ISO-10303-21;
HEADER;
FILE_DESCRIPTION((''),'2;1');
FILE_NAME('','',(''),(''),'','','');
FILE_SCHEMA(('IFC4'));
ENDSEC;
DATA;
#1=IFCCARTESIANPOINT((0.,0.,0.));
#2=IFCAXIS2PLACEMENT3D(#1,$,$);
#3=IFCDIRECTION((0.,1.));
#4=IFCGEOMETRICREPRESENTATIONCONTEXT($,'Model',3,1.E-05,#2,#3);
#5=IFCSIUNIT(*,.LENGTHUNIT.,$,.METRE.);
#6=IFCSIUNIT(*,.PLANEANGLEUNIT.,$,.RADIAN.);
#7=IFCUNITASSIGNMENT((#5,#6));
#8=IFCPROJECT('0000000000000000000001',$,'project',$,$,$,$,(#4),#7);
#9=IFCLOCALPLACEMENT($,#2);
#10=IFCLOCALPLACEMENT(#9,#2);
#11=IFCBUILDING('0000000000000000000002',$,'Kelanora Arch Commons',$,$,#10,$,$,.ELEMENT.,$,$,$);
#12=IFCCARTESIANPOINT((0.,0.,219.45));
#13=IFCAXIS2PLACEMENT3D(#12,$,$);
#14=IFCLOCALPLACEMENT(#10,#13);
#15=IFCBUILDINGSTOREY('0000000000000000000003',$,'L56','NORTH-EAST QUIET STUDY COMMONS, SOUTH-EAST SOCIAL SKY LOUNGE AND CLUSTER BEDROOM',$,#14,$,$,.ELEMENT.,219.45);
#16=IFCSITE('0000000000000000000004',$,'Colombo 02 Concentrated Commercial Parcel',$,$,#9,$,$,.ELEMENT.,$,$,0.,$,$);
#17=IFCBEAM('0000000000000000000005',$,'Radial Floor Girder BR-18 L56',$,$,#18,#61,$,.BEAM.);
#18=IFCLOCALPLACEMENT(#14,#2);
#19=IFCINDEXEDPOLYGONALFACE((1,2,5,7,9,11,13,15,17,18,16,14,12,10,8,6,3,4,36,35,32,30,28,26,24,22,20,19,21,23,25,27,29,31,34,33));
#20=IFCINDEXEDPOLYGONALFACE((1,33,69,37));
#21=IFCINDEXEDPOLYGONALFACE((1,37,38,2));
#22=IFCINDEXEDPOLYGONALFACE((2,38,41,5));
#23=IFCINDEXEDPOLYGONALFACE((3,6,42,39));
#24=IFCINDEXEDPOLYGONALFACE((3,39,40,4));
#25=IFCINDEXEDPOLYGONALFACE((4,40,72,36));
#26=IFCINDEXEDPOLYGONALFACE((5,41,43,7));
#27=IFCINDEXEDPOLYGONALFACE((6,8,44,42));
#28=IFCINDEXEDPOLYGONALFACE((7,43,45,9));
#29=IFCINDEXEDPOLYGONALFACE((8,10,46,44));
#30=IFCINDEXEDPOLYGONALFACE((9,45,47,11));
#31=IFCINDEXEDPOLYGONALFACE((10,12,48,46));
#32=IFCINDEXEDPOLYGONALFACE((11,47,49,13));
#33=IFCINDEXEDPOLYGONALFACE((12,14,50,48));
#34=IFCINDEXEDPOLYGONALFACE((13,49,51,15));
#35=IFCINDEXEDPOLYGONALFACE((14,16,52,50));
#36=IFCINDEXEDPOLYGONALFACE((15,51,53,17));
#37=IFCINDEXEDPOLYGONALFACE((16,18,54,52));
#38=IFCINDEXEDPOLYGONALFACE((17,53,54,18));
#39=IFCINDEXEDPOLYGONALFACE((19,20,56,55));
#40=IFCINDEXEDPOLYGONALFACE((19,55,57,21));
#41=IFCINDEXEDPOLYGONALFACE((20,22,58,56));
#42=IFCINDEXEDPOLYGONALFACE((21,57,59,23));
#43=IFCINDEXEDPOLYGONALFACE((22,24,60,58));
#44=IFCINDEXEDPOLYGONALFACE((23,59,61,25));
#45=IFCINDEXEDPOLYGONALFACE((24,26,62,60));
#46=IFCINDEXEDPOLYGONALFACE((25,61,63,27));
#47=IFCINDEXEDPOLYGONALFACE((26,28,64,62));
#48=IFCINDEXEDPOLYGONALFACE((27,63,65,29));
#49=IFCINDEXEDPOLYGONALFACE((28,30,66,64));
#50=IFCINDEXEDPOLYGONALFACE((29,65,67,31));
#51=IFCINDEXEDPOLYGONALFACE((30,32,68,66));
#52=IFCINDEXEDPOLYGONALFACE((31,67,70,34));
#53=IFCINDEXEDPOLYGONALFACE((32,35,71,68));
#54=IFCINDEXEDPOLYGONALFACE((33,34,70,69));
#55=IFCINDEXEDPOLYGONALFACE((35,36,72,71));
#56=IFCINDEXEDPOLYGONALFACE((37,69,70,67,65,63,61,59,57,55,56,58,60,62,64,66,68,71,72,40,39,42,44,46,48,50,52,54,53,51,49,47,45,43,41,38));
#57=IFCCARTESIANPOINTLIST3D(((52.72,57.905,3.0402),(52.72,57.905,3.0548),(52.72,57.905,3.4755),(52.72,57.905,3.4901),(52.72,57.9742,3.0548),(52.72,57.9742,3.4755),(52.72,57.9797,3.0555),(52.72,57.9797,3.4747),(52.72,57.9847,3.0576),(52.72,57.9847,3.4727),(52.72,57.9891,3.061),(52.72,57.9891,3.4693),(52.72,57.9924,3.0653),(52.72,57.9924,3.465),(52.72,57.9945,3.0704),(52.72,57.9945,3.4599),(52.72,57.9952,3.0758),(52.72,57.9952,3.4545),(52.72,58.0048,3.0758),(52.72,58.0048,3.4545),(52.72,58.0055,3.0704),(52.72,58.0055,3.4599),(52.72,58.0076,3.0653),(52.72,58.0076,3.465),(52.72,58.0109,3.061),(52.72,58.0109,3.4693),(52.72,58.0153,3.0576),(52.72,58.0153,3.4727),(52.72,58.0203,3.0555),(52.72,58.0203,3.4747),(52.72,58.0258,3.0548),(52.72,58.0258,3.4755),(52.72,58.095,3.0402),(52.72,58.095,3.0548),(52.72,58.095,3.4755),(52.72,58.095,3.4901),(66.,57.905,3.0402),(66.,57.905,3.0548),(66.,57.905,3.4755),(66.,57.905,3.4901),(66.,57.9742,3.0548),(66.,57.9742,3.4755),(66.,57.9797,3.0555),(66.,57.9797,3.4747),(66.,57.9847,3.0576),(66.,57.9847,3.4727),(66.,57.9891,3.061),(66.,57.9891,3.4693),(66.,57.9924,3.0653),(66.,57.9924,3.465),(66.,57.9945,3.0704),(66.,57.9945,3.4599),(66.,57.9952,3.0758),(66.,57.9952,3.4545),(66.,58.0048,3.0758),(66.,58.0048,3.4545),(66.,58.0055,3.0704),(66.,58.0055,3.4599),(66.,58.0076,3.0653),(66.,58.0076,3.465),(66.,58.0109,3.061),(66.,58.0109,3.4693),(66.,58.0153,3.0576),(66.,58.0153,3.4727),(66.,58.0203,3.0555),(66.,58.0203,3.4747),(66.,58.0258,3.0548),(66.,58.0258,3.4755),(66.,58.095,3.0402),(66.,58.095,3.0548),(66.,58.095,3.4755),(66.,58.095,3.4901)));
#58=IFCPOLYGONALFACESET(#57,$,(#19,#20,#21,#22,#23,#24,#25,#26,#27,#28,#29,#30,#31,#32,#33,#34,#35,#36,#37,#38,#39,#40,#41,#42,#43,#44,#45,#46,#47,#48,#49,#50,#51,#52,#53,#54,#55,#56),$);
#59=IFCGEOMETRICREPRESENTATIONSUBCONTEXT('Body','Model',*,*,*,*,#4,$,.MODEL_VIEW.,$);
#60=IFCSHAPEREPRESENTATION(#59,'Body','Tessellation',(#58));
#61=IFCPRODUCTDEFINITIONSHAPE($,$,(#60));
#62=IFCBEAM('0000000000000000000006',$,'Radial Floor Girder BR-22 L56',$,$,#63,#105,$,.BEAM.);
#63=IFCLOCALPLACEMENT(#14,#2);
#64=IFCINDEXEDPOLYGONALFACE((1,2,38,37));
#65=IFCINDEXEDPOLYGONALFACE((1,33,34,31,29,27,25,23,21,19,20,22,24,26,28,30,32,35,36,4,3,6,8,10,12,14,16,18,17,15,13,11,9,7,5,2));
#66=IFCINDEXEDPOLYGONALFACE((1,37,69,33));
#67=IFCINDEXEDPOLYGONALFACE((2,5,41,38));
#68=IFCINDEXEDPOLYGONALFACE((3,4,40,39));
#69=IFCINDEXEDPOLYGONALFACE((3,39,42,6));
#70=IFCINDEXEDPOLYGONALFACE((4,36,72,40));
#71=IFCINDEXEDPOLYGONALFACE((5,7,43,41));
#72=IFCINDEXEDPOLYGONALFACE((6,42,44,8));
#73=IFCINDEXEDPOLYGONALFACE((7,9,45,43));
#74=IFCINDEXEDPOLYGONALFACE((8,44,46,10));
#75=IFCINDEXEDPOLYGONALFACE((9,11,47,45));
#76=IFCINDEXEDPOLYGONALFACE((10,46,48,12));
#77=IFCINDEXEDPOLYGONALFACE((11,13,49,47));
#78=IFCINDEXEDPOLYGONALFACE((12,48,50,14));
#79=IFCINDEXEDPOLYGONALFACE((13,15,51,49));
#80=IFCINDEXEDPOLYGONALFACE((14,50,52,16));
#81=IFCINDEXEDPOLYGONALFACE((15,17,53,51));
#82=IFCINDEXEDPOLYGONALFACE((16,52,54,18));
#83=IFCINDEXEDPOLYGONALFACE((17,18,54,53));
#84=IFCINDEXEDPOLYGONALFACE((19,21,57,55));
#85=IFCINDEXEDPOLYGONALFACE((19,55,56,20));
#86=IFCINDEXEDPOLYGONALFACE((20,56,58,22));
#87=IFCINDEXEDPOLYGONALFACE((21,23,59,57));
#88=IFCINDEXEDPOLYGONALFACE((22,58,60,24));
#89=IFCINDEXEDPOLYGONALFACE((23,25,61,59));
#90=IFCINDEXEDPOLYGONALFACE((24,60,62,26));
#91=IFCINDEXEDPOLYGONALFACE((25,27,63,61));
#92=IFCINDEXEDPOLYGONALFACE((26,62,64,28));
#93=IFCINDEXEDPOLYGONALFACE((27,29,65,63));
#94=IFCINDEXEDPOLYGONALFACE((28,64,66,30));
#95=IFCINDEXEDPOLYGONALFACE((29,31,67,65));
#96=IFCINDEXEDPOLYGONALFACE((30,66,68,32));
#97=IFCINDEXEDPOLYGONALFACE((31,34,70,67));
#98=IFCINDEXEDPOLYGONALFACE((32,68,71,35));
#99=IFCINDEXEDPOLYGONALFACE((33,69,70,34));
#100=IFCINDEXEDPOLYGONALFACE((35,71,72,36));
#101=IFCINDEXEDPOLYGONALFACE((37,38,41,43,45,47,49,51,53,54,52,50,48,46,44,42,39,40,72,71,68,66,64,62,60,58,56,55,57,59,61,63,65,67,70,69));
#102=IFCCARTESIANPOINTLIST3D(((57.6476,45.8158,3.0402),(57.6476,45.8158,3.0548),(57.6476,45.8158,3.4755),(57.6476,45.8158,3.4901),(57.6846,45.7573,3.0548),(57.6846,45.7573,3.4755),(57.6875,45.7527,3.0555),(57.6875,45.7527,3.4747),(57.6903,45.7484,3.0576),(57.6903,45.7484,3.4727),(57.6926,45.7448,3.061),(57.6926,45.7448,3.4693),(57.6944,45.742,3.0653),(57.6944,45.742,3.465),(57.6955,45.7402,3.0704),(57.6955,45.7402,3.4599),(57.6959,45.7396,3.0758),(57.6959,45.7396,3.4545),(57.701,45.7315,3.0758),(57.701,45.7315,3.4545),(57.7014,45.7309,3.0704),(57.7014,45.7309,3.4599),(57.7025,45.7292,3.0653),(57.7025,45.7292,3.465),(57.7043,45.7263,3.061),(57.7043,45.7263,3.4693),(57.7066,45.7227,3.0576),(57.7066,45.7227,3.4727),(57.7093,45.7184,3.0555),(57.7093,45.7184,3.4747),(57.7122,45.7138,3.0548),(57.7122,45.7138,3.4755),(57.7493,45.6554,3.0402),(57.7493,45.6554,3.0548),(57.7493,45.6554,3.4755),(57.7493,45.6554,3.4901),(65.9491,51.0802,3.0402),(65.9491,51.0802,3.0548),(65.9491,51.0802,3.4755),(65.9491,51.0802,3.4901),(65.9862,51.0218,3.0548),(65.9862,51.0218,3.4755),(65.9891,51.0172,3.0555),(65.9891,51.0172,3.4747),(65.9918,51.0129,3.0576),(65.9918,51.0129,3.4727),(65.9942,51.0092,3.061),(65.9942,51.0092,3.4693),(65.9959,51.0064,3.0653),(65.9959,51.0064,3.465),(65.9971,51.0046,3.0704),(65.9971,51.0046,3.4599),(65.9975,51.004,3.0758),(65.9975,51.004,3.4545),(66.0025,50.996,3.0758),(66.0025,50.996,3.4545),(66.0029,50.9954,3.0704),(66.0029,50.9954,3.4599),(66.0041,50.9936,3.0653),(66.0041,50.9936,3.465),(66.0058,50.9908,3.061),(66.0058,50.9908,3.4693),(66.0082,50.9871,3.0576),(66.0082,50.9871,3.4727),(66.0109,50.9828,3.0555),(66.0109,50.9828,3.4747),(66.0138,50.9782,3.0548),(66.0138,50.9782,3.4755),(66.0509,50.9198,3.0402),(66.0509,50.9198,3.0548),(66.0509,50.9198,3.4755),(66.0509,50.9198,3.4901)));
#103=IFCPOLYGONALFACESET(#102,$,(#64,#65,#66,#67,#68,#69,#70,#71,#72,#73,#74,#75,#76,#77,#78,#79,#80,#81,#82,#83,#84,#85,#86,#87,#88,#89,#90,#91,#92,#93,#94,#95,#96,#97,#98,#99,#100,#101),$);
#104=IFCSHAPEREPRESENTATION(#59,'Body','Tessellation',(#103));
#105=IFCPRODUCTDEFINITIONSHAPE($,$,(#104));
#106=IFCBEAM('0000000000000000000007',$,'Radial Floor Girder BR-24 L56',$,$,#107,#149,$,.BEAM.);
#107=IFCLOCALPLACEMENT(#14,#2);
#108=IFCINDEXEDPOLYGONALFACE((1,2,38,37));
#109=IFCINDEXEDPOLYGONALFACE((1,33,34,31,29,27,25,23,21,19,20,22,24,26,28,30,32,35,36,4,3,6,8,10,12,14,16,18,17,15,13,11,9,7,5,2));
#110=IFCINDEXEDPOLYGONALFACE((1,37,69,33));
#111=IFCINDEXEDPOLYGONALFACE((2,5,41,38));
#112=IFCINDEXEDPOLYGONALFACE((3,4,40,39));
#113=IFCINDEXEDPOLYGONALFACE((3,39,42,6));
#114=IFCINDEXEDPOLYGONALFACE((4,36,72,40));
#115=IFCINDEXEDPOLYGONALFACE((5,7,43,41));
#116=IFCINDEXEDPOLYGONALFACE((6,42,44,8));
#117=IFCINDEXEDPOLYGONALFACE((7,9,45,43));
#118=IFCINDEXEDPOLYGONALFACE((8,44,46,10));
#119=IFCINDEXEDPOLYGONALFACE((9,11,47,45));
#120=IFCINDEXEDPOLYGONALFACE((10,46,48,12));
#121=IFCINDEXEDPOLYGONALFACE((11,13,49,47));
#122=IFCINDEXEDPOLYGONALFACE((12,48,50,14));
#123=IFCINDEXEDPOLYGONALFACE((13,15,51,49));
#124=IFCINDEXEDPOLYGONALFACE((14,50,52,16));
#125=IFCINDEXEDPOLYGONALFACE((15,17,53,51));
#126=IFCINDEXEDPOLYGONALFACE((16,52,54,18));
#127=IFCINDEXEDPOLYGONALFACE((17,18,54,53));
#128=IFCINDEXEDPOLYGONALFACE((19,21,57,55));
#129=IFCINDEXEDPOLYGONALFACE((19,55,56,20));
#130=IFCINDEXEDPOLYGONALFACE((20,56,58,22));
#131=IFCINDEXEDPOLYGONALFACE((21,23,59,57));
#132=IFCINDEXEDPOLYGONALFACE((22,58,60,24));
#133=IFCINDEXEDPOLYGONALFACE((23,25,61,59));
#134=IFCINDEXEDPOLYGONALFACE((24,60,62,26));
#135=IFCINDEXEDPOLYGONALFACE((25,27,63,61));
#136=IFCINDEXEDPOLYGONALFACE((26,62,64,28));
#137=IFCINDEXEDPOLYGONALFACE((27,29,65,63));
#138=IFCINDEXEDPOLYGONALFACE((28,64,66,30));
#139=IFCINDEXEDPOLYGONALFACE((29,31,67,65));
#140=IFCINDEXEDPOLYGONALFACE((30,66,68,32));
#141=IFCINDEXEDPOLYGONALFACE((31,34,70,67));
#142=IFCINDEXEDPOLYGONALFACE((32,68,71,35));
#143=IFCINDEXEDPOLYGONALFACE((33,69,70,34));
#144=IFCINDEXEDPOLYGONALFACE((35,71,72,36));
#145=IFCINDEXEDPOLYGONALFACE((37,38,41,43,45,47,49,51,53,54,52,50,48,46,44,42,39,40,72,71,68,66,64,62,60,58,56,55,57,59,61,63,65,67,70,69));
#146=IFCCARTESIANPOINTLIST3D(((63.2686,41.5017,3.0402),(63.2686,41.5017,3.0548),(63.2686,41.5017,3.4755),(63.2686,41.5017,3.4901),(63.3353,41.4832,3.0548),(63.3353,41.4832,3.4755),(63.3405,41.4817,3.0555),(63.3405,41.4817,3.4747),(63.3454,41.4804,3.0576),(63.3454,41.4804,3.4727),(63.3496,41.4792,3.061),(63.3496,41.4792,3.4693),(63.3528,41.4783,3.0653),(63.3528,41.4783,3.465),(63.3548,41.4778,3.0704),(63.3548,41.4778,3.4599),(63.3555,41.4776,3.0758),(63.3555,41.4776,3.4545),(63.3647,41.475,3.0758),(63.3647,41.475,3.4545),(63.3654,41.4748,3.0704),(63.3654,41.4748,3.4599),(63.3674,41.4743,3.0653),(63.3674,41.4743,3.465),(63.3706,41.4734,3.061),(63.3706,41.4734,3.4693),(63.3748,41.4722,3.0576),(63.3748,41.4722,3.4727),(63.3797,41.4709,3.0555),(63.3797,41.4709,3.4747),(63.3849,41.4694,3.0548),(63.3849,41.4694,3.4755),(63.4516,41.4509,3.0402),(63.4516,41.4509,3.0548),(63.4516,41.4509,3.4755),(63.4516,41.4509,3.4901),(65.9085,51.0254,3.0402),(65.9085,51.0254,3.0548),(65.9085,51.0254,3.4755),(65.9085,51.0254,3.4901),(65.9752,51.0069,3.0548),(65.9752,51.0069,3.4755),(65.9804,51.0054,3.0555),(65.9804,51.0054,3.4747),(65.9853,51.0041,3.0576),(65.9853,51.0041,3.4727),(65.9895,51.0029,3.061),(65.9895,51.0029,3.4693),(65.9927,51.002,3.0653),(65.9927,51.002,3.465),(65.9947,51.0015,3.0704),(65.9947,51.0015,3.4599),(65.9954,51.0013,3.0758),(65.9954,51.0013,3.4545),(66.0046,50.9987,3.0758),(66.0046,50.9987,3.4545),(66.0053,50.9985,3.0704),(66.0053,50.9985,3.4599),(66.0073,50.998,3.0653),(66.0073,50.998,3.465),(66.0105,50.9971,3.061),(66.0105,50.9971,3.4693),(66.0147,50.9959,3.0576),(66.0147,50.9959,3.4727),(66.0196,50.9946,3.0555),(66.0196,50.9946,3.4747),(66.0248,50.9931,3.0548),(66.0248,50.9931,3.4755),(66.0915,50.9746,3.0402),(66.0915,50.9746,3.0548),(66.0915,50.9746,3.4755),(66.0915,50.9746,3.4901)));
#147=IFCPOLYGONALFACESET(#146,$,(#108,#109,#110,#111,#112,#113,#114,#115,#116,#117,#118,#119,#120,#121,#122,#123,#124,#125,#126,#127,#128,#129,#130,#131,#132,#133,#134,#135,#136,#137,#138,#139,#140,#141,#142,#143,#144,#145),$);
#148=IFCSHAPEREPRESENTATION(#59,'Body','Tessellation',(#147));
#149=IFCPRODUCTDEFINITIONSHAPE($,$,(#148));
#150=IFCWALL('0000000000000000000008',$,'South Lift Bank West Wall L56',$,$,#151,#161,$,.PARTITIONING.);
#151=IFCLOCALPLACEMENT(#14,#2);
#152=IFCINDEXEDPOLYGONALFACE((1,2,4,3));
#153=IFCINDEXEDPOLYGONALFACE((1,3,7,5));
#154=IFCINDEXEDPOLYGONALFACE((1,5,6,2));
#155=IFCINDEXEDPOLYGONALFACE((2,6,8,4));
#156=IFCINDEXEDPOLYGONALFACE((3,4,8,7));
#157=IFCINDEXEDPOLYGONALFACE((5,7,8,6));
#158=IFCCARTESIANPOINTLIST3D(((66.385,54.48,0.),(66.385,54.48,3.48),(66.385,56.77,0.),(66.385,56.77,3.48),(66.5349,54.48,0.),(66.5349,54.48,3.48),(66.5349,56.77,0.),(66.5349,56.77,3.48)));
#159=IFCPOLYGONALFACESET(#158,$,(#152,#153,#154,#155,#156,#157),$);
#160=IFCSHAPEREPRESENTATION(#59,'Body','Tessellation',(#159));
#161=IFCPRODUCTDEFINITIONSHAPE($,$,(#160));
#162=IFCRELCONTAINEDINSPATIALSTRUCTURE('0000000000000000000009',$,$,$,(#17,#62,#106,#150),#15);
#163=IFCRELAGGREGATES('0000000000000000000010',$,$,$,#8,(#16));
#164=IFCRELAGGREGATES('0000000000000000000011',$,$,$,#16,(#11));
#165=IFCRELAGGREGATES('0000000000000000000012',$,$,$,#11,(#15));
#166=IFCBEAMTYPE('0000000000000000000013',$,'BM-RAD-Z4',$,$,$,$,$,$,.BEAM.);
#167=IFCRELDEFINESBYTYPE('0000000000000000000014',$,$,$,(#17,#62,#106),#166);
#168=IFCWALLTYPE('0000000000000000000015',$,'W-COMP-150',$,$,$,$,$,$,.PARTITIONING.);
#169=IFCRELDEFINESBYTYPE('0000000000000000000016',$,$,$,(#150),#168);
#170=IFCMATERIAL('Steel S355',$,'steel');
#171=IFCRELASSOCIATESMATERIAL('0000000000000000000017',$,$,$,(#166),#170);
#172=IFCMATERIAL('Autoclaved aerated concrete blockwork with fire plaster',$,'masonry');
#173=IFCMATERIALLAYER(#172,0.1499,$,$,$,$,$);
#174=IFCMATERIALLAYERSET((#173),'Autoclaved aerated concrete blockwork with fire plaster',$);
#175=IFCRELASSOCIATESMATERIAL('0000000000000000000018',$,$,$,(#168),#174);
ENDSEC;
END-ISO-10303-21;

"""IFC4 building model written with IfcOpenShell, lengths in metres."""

from ifc_helpers import new_model, si_unit, direction, frame, frame_2d, origin, origin_2d, place, context, subcontext, project, spatial, rectangle, i_section, extrude, material, layer, layer_set, material_profile, profile_set, type_object, element, save


model = new_model("IFC4")

# Units and contexts
model_context = context("Model", 3, precision=1e-05, world=origin(), true_north=direction((0.0, 1.0)))
body_context = subcontext(model_context, "Body", "Model", "MODEL_VIEW")
ifc_project = project(units=[si_unit("LENGTHUNIT", "METRE"), si_unit("PLANEANGLEUNIT", "RADIAN")], contexts=[model_context])

# Site, building, storey
site_placement = place(None, origin())
site = spatial("IfcSite", under=ifc_project, at=site_placement, Name="Colombo 02 Concentrated Commercial Parcel", CompositionType="ELEMENT", RefElevation=0.0)
building_placement = place(site_placement, origin())
building = spatial("IfcBuilding", under=site, at=building_placement, Name="Kelanora Arch Commons", CompositionType="ELEMENT")
storey_placement = place(building_placement, frame((0.0, 0.0, 219.45)))
storey = spatial("IfcBuildingStorey", under=building, at=storey_placement, Name="L56", Description="NORTH-EAST QUIET STUDY COMMONS, SOUTH-EAST SOCIAL SKY LOUNGE AND CLUSTER BEDROOM", CompositionType="ELEMENT", Elevation=219.45)

# Beams
ifc_material_1 = material(Name="Steel S355", Category="steel")
ifc_material_profile_1 = material_profile(ifc_material_1, i_section(OverallWidth=0.1899, OverallDepth=0.45, WebThickness=0.0095, FlangeThickness=0.0146, FilletRadius=0.021, at=origin_2d()), Name="IPE450")
ifc_profile_set_1 = profile_set([ifc_material_profile_1], Name="Steel S355")
beam_type_1 = type_object("IfcBeamType", Name="BM-RAD-Z4", PredefinedType="BEAM", material=ifc_profile_set_1)
beam_1_placement = place(storey_placement, frame((66.0, 58.0, 3.2651), z_axis=(-1.0, 0.0, 0.0), x_axis=(0.0, -1.0, 0.0)))
element("IfcBeam", 1, at=beam_1_placement, inside=storey, type_object=beam_type_1, Name="Radial Floor Girder BR-18 L56", PredefinedType="BEAM", context=body_context, shape_type="SweptSolid", body=[
    extrude(i_section(OverallWidth=0.1899, OverallDepth=0.45, WebThickness=0.0095, FlangeThickness=0.0146, FilletRadius=0.021, at=origin_2d()), origin(), (0.0, 0.0, 1.0), 13.28),
])
beam_2_placement = place(storey_placement, frame((66.0, 51.0, 3.2651), z_axis=(-0.844507, -0.535544, 0.0), x_axis=(0.535544, -0.844507, 0.0)))
element("IfcBeam", 2, at=beam_2_placement, inside=storey, type_object=beam_type_1, Name="Radial Floor Girder BR-22 L56", PredefinedType="BEAM", context=body_context, shape_type="SweptSolid", body=[
    extrude(i_section(OverallWidth=0.1899, OverallDepth=0.45, WebThickness=0.0095, FlangeThickness=0.0146, FilletRadius=0.021, at=origin_2d()), origin(), (0.0, 0.0, 1.0), 9.8301),
])
beam_3_placement = place(storey_placement, frame((66.0, 51.0, 3.2651), z_axis=(-0.26712, -0.963663, 0.0), x_axis=(0.963663, -0.26712, 0.0)))
element("IfcBeam", 3, at=beam_3_placement, inside=storey, type_object=beam_type_1, Name="Radial Floor Girder BR-24 L56", PredefinedType="BEAM", context=body_context, shape_type="SweptSolid", body=[
    extrude(i_section(OverallWidth=0.1899, OverallDepth=0.45, WebThickness=0.0095, FlangeThickness=0.0146, FilletRadius=0.021, at=origin_2d()), origin(), (0.0, 0.0, 1.0), 9.8828),
])

# Wall
ifc_material_2 = material(Name="Autoclaved aerated concrete blockwork with fire plaster", Category="masonry")
ifc_layer_1 = layer(ifc_material_2, 0.1499)
ifc_layer_set_1 = layer_set([ifc_layer_1], Name="Autoclaved aerated concrete blockwork with fire plaster")
wall_type_1 = type_object("IfcWallType", Name="W-COMP-150", PredefinedType="PARTITIONING", material=ifc_layer_set_1)
wall_1_placement = place(storey_placement, frame((66.46, 54.48, 0.0), z_axis=(0.0, 0.0, 1.0), x_axis=(0.0, 1.0, 0.0)))
element("IfcWall", 4, at=wall_1_placement, inside=storey, type_object=wall_type_1, Name="South Lift Bank West Wall L56", PredefinedType="PARTITIONING", context=body_context, shape_type="SweptSolid", body=[
    extrude(rectangle(XDim=2.29, YDim=0.1499, at=frame_2d((1.145, 0.0))), origin(), (0.0, 0.0, 1.0), 3.48),
])

save(model, "model.ifc")
